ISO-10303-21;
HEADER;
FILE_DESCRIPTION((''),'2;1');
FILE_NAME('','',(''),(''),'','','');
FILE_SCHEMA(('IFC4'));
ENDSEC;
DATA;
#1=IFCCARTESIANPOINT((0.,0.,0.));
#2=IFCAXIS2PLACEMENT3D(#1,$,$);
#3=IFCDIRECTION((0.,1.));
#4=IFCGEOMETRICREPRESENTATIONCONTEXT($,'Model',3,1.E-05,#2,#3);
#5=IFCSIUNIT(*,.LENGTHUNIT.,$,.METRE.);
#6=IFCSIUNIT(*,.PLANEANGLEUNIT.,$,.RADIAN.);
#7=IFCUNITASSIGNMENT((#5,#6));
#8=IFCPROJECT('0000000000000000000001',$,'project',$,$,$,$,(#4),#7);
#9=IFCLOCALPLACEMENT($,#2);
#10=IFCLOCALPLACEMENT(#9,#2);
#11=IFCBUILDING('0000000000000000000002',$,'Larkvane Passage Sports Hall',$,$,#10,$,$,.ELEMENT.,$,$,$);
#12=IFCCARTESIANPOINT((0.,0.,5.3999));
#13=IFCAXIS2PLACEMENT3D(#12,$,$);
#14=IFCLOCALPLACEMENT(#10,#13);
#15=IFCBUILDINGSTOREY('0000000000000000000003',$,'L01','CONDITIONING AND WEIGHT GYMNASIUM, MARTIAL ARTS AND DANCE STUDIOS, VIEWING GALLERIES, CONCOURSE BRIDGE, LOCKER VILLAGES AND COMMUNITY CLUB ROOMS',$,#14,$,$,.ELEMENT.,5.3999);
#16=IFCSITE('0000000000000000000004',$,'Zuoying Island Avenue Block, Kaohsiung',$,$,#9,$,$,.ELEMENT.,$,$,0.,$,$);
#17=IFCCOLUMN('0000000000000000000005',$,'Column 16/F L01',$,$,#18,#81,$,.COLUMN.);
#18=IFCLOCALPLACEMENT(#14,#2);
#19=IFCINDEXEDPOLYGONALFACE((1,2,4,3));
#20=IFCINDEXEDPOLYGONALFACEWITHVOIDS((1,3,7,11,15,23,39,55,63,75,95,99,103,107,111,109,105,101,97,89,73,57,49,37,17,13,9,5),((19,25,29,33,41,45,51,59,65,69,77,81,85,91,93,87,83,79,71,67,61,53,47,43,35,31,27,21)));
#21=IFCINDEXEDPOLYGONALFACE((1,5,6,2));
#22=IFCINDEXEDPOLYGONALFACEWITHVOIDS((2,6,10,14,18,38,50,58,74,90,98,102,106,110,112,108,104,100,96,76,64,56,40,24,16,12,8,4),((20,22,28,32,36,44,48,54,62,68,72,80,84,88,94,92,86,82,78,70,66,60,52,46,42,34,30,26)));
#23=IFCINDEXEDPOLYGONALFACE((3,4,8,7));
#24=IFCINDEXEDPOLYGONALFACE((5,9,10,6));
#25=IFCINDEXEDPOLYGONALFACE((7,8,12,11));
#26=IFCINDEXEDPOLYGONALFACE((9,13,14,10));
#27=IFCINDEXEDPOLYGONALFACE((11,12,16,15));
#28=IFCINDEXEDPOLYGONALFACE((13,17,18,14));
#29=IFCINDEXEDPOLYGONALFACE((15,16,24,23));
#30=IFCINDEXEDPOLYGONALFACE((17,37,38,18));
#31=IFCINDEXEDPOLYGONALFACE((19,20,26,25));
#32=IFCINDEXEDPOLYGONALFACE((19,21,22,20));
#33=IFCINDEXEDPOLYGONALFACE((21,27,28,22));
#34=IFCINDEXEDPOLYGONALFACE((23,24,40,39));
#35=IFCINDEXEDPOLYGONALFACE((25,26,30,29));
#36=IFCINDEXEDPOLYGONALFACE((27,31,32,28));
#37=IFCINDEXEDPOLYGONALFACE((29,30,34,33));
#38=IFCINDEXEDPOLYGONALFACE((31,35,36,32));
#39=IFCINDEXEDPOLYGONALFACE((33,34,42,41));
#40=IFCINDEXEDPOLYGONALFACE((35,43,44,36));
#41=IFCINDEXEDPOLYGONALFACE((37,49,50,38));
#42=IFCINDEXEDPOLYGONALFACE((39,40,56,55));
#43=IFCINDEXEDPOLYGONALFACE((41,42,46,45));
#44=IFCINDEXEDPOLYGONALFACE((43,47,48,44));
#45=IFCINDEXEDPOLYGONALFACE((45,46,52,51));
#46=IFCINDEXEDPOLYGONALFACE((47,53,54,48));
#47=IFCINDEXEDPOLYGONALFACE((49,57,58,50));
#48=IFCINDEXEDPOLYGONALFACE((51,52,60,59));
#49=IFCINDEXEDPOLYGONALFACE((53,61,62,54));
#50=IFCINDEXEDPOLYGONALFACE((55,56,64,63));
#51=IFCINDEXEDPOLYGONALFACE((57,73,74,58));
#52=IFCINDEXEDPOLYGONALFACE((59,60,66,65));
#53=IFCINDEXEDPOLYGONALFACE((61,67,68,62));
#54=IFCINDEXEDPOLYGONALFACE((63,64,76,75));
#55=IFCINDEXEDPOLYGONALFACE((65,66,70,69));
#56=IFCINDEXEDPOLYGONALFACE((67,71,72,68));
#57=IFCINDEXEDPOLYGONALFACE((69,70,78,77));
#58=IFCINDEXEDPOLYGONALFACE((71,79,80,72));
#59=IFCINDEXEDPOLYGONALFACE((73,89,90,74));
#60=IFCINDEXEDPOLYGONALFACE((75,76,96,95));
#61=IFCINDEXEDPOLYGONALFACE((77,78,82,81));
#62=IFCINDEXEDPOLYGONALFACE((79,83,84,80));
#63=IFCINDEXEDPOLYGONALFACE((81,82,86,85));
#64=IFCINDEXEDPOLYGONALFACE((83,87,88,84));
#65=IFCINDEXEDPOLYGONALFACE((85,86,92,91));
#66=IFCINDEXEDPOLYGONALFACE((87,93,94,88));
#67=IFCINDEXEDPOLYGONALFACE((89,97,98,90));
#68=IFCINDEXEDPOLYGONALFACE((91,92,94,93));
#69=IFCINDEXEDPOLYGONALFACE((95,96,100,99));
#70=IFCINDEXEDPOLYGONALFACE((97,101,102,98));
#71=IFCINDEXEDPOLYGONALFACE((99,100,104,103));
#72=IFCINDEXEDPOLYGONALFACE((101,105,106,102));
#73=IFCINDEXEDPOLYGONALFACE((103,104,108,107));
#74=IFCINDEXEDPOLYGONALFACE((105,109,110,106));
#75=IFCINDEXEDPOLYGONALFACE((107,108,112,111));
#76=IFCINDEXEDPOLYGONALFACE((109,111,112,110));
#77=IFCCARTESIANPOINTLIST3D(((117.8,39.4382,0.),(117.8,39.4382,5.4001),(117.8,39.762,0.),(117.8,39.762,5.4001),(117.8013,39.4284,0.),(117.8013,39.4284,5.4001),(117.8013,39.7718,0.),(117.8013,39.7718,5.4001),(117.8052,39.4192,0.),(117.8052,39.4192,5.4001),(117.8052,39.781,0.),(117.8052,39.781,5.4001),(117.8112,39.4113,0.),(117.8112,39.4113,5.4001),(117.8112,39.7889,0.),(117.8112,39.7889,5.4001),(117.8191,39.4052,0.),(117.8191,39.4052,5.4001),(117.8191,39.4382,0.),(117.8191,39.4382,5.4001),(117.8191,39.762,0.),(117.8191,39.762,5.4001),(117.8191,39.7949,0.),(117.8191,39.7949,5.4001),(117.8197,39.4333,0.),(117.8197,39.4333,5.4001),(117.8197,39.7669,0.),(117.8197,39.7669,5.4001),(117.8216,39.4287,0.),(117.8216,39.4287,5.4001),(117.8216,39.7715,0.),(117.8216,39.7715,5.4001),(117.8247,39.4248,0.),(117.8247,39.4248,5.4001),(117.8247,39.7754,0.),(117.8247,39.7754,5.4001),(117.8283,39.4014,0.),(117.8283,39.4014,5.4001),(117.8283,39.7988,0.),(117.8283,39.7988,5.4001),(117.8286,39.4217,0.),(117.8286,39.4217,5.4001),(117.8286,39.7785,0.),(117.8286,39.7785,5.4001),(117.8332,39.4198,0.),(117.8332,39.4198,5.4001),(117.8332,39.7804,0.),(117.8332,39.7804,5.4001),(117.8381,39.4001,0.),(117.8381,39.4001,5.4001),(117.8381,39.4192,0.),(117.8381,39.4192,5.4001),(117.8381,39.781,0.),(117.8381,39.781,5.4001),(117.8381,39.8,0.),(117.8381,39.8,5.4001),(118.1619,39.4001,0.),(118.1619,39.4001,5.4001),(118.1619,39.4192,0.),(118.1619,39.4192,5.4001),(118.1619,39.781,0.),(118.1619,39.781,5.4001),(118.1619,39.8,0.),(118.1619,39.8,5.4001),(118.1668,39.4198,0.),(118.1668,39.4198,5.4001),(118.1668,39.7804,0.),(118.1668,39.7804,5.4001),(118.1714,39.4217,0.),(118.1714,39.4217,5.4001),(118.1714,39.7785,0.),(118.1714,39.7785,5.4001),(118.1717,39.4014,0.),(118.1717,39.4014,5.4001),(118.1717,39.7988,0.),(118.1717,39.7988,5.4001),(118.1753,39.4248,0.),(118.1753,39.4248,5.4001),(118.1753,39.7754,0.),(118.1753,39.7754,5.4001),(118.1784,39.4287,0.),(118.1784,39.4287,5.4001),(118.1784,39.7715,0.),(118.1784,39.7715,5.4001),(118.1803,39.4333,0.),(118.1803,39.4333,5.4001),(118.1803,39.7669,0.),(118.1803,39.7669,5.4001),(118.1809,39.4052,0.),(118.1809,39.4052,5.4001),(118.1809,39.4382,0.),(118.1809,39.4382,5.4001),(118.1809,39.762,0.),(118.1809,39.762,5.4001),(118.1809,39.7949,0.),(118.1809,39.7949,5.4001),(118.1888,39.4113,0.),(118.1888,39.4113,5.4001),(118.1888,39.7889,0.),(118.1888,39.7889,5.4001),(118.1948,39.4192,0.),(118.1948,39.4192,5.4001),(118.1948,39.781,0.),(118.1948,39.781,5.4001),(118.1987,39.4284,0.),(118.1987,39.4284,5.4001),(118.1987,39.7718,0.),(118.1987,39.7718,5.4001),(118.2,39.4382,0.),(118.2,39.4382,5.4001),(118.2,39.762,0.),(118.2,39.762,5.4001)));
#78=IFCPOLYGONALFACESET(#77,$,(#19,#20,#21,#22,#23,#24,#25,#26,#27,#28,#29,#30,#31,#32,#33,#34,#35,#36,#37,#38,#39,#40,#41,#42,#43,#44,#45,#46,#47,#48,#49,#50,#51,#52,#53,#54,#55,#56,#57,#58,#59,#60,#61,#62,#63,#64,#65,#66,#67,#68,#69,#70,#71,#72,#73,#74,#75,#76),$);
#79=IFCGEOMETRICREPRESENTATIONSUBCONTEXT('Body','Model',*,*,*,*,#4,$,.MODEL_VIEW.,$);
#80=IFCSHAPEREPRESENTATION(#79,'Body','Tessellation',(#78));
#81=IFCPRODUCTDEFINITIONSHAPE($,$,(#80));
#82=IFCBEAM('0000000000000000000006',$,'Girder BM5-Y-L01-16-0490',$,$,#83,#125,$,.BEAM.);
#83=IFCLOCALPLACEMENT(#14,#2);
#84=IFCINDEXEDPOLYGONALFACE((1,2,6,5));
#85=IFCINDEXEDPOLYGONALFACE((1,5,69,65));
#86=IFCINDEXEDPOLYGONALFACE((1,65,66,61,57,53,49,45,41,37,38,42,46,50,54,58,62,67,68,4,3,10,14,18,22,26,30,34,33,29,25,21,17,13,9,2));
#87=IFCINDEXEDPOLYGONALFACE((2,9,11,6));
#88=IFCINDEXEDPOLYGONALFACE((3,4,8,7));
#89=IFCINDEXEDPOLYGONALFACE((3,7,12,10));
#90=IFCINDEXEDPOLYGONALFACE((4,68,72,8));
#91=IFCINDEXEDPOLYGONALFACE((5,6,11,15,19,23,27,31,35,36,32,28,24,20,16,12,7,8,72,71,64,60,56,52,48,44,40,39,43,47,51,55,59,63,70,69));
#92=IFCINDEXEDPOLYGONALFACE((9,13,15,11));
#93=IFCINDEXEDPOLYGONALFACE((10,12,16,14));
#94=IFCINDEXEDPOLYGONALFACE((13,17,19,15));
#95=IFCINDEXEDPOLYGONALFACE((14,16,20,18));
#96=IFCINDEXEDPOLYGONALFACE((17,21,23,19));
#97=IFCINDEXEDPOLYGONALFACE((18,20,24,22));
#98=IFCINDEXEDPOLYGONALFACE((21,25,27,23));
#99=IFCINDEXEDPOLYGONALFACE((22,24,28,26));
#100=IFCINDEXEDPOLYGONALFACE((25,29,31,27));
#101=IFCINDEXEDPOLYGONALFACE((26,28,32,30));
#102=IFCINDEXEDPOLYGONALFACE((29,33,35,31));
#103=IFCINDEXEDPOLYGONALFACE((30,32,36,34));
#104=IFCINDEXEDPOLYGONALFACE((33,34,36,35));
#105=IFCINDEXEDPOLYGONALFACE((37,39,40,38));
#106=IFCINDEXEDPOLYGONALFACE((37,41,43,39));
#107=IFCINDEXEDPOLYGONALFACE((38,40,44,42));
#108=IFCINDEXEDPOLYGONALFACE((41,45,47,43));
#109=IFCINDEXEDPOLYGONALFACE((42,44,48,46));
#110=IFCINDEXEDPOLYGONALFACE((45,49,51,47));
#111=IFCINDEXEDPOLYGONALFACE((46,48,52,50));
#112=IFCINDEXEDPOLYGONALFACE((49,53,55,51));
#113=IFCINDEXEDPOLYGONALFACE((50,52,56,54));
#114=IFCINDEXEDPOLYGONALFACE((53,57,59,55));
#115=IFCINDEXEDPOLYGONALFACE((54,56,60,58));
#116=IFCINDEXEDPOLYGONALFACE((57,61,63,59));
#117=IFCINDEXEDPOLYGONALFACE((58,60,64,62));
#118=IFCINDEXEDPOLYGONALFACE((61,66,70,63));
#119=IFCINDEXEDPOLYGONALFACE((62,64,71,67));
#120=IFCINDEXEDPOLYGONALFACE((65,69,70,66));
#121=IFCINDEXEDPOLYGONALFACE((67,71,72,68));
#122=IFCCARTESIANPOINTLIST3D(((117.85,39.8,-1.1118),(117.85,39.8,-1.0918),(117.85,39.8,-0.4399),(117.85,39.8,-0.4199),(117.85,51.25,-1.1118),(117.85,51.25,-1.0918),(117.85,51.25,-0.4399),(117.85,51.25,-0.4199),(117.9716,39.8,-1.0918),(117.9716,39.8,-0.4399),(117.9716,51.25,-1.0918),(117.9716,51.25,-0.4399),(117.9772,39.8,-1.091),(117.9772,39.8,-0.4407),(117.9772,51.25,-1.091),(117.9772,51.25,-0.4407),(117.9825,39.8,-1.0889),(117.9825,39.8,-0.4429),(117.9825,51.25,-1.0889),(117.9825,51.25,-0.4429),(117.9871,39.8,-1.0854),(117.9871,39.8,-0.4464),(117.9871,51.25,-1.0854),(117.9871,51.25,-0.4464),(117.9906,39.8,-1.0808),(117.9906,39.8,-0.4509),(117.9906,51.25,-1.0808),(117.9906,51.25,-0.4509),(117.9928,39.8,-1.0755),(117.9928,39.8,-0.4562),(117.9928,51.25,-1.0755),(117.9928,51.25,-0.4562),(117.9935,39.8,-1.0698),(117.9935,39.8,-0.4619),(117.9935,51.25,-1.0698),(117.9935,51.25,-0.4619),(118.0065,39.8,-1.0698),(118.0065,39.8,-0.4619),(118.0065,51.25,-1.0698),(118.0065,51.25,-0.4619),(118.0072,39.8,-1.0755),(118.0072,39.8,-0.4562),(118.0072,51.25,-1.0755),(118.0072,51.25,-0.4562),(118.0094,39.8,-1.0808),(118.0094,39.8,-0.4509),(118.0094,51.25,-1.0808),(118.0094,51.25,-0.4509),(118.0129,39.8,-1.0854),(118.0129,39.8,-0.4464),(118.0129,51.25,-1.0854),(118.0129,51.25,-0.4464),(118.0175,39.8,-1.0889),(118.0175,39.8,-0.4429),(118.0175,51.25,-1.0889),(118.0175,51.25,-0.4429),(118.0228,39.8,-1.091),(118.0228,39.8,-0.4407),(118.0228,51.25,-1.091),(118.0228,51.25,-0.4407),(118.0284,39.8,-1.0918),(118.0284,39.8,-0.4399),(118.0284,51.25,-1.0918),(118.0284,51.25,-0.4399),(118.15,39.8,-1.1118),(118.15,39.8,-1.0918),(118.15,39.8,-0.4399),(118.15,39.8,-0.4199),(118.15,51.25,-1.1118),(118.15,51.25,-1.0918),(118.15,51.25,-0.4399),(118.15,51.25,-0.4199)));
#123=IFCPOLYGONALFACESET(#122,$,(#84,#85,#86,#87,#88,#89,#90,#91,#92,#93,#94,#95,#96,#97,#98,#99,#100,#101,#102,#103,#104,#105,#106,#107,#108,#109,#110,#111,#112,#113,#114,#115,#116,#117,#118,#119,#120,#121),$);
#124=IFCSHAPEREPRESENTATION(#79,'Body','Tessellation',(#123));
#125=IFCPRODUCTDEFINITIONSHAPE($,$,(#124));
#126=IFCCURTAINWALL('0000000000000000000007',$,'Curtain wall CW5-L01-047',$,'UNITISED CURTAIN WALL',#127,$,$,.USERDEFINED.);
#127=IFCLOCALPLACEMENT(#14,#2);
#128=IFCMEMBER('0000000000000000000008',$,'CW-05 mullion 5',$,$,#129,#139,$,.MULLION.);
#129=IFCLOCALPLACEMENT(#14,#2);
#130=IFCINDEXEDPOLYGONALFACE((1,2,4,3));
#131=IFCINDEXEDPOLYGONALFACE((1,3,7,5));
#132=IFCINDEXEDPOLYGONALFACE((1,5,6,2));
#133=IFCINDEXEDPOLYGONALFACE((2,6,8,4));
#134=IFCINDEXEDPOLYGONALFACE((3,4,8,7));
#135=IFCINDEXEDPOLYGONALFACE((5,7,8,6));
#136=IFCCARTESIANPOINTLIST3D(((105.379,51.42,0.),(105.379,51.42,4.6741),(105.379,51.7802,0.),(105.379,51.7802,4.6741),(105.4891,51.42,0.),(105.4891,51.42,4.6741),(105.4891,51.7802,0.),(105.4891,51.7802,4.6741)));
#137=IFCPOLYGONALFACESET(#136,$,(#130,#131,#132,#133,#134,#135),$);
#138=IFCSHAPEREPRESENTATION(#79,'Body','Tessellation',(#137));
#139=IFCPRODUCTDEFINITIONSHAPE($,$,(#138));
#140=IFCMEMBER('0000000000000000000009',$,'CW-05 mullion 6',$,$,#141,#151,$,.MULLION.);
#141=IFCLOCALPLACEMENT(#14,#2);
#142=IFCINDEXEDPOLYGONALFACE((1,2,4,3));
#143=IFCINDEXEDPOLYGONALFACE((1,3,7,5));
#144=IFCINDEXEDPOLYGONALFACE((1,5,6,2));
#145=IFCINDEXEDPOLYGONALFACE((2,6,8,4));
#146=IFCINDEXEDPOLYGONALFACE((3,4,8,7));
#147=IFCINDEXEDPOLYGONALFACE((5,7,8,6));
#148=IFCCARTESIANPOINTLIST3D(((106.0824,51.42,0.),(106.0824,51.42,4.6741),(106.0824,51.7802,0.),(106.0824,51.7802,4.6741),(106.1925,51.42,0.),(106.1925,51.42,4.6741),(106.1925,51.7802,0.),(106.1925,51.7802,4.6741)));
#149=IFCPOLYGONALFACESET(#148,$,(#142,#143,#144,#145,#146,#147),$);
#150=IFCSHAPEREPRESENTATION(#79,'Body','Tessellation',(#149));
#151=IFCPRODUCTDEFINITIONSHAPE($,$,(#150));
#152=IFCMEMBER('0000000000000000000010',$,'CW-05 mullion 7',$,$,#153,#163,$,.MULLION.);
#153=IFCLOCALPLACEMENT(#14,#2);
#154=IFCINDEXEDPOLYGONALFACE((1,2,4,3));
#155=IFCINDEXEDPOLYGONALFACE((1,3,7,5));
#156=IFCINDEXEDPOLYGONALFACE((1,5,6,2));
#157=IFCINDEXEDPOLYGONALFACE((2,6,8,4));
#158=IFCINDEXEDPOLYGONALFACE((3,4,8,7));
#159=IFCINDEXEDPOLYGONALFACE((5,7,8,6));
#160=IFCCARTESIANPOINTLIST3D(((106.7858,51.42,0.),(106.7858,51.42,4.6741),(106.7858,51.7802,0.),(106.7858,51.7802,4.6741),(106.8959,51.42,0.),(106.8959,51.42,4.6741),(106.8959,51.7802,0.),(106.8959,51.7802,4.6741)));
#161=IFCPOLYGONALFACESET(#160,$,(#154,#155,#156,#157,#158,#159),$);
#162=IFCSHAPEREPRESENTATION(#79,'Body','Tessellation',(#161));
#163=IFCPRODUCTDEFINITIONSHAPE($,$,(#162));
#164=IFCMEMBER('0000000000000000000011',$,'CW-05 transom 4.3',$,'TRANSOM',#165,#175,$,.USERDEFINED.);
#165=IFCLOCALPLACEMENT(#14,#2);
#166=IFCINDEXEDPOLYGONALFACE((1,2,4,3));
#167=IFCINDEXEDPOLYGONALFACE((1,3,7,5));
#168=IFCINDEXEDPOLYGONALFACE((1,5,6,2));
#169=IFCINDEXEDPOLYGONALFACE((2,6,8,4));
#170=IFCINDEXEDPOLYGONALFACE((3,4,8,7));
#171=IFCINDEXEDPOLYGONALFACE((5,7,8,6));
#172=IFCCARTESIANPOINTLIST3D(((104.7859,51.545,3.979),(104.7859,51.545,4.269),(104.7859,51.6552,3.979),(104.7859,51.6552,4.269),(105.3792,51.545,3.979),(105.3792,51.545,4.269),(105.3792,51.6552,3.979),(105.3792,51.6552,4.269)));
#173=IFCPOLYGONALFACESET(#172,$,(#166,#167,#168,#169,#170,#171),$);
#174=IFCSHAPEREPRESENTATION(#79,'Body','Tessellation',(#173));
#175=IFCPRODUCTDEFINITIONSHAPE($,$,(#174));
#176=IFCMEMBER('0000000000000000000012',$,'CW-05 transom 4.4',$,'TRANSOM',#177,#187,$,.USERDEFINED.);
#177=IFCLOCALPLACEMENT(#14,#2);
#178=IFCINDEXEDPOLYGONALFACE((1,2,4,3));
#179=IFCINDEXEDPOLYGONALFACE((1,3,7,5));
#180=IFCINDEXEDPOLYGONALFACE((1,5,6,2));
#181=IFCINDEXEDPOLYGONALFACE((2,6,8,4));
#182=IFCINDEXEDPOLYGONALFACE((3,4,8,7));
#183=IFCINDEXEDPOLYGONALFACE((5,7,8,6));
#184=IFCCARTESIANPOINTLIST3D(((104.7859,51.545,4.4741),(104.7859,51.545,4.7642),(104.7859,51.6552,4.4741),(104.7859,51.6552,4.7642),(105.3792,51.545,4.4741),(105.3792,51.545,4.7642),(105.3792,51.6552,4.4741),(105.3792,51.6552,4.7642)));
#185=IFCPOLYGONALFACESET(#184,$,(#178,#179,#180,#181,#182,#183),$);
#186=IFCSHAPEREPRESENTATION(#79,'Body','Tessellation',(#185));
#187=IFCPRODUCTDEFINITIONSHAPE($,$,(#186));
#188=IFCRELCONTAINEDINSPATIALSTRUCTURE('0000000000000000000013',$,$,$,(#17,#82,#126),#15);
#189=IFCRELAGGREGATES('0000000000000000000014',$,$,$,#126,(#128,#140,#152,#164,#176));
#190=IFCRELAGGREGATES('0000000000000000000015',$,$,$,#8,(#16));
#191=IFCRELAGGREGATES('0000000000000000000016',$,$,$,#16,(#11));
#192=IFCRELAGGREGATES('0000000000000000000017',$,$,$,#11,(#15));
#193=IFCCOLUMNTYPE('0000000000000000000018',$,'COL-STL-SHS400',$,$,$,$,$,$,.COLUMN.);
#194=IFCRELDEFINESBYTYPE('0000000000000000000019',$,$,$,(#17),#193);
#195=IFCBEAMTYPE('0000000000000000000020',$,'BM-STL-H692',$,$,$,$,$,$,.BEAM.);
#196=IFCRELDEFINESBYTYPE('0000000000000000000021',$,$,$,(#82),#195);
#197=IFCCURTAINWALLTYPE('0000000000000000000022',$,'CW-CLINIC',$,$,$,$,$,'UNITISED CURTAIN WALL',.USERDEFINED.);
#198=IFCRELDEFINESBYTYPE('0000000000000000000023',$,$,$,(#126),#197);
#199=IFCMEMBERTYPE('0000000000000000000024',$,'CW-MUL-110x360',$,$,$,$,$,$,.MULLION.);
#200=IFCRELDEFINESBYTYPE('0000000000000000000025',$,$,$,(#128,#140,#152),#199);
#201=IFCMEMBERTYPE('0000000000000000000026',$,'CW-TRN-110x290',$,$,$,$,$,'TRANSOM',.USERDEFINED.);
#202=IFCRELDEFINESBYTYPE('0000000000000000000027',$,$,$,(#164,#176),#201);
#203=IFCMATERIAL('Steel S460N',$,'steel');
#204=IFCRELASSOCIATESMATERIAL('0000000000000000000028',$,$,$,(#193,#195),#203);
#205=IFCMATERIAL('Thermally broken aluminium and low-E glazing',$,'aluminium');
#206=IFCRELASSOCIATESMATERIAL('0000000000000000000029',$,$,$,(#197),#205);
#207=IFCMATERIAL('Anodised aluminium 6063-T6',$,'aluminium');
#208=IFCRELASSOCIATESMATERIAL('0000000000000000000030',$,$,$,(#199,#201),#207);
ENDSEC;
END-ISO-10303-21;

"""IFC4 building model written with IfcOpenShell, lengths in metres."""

from ifc_helpers import new_model, si_unit, direction, frame, origin, origin_2d, place, context, subcontext, project, spatial, rectangle, hollow_rectangle, i_section, extrude, material, material_profile, profile_set, type_object, element, aggregate, save


model = new_model("IFC4")

# Units and contexts
model_context = context("Model", 3, precision=1e-05, world=origin(), true_north=direction((0.0, 1.0)))
body_context = subcontext(model_context, "Body", "Model", "MODEL_VIEW")
ifc_project = project(units=[si_unit("LENGTHUNIT", "METRE"), si_unit("PLANEANGLEUNIT", "RADIAN")], contexts=[model_context])

# Site, building, storey
site_placement = place(None, origin())
site = spatial("IfcSite", under=ifc_project, at=site_placement, Name="Zuoying Island Avenue Block, Kaohsiung", CompositionType="ELEMENT", RefElevation=0.0)
building_placement = place(site_placement, origin())
building = spatial("IfcBuilding", under=site, at=building_placement, Name="Larkvane Passage Sports Hall", CompositionType="ELEMENT")
storey_placement = place(building_placement, frame((0.0, 0.0, 5.3999)))
storey = spatial("IfcBuildingStorey", under=building, at=storey_placement, Name="L01", Description="CONDITIONING AND WEIGHT GYMNASIUM, MARTIAL ARTS AND DANCE STUDIOS, VIEWING GALLERIES, CONCOURSE BRIDGE, LOCKER VILLAGES AND COMMUNITY CLUB ROOMS", CompositionType="ELEMENT", Elevation=5.3999)

# Column
ifc_material_1 = material(Name="Steel S460N", Category="steel")
ifc_material_profile_1 = material_profile(ifc_material_1, hollow_rectangle(XDim=0.3999, YDim=0.3999, WallThickness=0.019, InnerFilletRadius=0.019, OuterFilletRadius=0.0381, at=origin_2d()), Name="SHS-400x400x19")
ifc_profile_set_1 = profile_set([ifc_material_profile_1], Name="Steel S460N")
column_type = type_object("IfcColumnType", Name="COL-STL-SHS400", PredefinedType="COLUMN", material=ifc_profile_set_1)
column_placement = place(storey_placement, frame((118.0, 39.6001, 0.0), z_axis=(0.0, 0.0, 1.0), x_axis=(1.0, 0.0, 0.0)))
element("IfcColumn", 1, at=column_placement, inside=storey, type_object=column_type, Name="Column 16/F L01", PredefinedType="COLUMN", context=body_context, shape_type="SweptSolid", body=[
    extrude(hollow_rectangle(XDim=0.3999, YDim=0.3999, WallThickness=0.019, InnerFilletRadius=0.019, OuterFilletRadius=0.0381, at=origin_2d()), origin(), (0.0, 0.0, 1.0), 5.4001),
])

# Beam
ifc_material_profile_2 = material_profile(ifc_material_1, i_section(OverallWidth=0.3, OverallDepth=0.6919, WebThickness=0.0129, FlangeThickness=0.02, FilletRadius=0.022, at=origin_2d()), Name="H-692x300x13x20")
ifc_profile_set_2 = profile_set([ifc_material_profile_2], Name="Steel S460N")
beam_type = type_object("IfcBeamType", Name="BM-STL-H692", PredefinedType="BEAM", material=ifc_profile_set_2)
beam_placement = place(storey_placement, frame((118.0, 39.8, -0.7659), z_axis=(0.0, 1.0, 0.0), x_axis=(-1.0, 0.0, 0.0)))
element("IfcBeam", 2, at=beam_placement, inside=storey, type_object=beam_type, Name="Girder BM5-Y-L01-16-0490", PredefinedType="BEAM", context=body_context, shape_type="SweptSolid", body=[
    extrude(i_section(OverallWidth=0.3, OverallDepth=0.6919, WebThickness=0.0129, FlangeThickness=0.02, FilletRadius=0.022, at=origin_2d()), origin(), (0.0, 0.0, 1.0), 11.45),
])

# Curtain wall, members
ifc_material_2 = material(Name="Thermally broken aluminium and low-E glazing", Category="aluminium")
curtain_wall_type = type_object("IfcCurtainWallType", Name="CW-CLINIC", ElementType="UNITISED CURTAIN WALL", PredefinedType="USERDEFINED", material=ifc_material_2)
curtain_wall_placement = place(storey_placement, origin())
curtain_wall = element("IfcCurtainWall", 3, at=curtain_wall_placement, inside=storey, type_object=curtain_wall_type, Name="Curtain wall CW5-L01-047", ObjectType="UNITISED CURTAIN WALL", PredefinedType="USERDEFINED")
ifc_material_3 = material(Name="Anodised aluminium 6063-T6", Category="aluminium")
ifc_material_profile_3 = material_profile(ifc_material_3, rectangle(XDim=0.1101, YDim=0.3601, at=origin_2d()), Name="ALU-MUL-110x360")
ifc_profile_set_3 = profile_set([ifc_material_profile_3], Name="Anodised aluminium 6063-T6")
member_type_1 = type_object("IfcMemberType", Name="CW-MUL-110x360", PredefinedType="MULLION", material=ifc_profile_set_3)
member_1_placement = place(storey_placement, frame((105.4341, 51.6001, 0.0), z_axis=(0.0, 0.0, 1.0), x_axis=(1.0, 0.0, 0.0)))
member_1 = element("IfcMember", 4, at=member_1_placement, type_object=member_type_1, Name="CW-05 mullion 5", PredefinedType="MULLION", context=body_context, shape_type="SweptSolid", body=[
    extrude(rectangle(XDim=0.1101, YDim=0.3601, at=origin_2d()), origin(), (0.0, 0.0, 1.0), 4.6741),
])
member_2_placement = place(storey_placement, frame((106.1375, 51.6001, 0.0), z_axis=(0.0, 0.0, 1.0), x_axis=(1.0, 0.0, 0.0)))
member_2 = element("IfcMember", 5, at=member_2_placement, type_object=member_type_1, Name="CW-05 mullion 6", PredefinedType="MULLION", context=body_context, shape_type="SweptSolid", body=[
    extrude(rectangle(XDim=0.1101, YDim=0.3601, at=origin_2d()), origin(), (0.0, 0.0, 1.0), 4.6741),
])
member_3_placement = place(storey_placement, frame((106.8408, 51.6001, 0.0), z_axis=(0.0, 0.0, 1.0), x_axis=(1.0, 0.0, 0.0)))
member_3 = element("IfcMember", 6, at=member_3_placement, type_object=member_type_1, Name="CW-05 mullion 7", PredefinedType="MULLION", context=body_context, shape_type="SweptSolid", body=[
    extrude(rectangle(XDim=0.1101, YDim=0.3601, at=origin_2d()), origin(), (0.0, 0.0, 1.0), 4.6741),
])
ifc_material_profile_4 = material_profile(ifc_material_3, rectangle(XDim=0.1101, YDim=0.29, at=origin_2d()), Name="ALU-TRN-110x290")
ifc_profile_set_4 = profile_set([ifc_material_profile_4], Name="Anodised aluminium 6063-T6")
member_type_2 = type_object("IfcMemberType", Name="CW-TRN-110x290", ElementType="TRANSOM", PredefinedType="USERDEFINED", material=ifc_profile_set_4)
member_4_placement = place(storey_placement, frame((104.7859, 51.6001, 4.124), z_axis=(1.0, 0.0, 0.0), x_axis=(0.0, 1.0, 0.0)))
member_4 = element("IfcMember", 7, at=member_4_placement, type_object=member_type_2, Name="CW-05 transom 4.3", ObjectType="TRANSOM", PredefinedType="USERDEFINED", context=body_context, shape_type="SweptSolid", body=[
    extrude(rectangle(XDim=0.1101, YDim=0.29, at=origin_2d()), origin(), (0.0, 0.0, 1.0), 0.5933),
])
member_5_placement = place(storey_placement, frame((104.7859, 51.6001, 4.6191), z_axis=(1.0, 0.0, 0.0), x_axis=(0.0, 1.0, 0.0)))
member_5 = element("IfcMember", 8, at=member_5_placement, type_object=member_type_2, Name="CW-05 transom 4.4", ObjectType="TRANSOM", PredefinedType="USERDEFINED", context=body_context, shape_type="SweptSolid", body=[
    extrude(rectangle(XDim=0.1101, YDim=0.29, at=origin_2d()), origin(), (0.0, 0.0, 1.0), 0.5933),
])
aggregate(curtain_wall, [member_1, member_2, member_3, member_4, member_5])

save(model, "model.ifc")
